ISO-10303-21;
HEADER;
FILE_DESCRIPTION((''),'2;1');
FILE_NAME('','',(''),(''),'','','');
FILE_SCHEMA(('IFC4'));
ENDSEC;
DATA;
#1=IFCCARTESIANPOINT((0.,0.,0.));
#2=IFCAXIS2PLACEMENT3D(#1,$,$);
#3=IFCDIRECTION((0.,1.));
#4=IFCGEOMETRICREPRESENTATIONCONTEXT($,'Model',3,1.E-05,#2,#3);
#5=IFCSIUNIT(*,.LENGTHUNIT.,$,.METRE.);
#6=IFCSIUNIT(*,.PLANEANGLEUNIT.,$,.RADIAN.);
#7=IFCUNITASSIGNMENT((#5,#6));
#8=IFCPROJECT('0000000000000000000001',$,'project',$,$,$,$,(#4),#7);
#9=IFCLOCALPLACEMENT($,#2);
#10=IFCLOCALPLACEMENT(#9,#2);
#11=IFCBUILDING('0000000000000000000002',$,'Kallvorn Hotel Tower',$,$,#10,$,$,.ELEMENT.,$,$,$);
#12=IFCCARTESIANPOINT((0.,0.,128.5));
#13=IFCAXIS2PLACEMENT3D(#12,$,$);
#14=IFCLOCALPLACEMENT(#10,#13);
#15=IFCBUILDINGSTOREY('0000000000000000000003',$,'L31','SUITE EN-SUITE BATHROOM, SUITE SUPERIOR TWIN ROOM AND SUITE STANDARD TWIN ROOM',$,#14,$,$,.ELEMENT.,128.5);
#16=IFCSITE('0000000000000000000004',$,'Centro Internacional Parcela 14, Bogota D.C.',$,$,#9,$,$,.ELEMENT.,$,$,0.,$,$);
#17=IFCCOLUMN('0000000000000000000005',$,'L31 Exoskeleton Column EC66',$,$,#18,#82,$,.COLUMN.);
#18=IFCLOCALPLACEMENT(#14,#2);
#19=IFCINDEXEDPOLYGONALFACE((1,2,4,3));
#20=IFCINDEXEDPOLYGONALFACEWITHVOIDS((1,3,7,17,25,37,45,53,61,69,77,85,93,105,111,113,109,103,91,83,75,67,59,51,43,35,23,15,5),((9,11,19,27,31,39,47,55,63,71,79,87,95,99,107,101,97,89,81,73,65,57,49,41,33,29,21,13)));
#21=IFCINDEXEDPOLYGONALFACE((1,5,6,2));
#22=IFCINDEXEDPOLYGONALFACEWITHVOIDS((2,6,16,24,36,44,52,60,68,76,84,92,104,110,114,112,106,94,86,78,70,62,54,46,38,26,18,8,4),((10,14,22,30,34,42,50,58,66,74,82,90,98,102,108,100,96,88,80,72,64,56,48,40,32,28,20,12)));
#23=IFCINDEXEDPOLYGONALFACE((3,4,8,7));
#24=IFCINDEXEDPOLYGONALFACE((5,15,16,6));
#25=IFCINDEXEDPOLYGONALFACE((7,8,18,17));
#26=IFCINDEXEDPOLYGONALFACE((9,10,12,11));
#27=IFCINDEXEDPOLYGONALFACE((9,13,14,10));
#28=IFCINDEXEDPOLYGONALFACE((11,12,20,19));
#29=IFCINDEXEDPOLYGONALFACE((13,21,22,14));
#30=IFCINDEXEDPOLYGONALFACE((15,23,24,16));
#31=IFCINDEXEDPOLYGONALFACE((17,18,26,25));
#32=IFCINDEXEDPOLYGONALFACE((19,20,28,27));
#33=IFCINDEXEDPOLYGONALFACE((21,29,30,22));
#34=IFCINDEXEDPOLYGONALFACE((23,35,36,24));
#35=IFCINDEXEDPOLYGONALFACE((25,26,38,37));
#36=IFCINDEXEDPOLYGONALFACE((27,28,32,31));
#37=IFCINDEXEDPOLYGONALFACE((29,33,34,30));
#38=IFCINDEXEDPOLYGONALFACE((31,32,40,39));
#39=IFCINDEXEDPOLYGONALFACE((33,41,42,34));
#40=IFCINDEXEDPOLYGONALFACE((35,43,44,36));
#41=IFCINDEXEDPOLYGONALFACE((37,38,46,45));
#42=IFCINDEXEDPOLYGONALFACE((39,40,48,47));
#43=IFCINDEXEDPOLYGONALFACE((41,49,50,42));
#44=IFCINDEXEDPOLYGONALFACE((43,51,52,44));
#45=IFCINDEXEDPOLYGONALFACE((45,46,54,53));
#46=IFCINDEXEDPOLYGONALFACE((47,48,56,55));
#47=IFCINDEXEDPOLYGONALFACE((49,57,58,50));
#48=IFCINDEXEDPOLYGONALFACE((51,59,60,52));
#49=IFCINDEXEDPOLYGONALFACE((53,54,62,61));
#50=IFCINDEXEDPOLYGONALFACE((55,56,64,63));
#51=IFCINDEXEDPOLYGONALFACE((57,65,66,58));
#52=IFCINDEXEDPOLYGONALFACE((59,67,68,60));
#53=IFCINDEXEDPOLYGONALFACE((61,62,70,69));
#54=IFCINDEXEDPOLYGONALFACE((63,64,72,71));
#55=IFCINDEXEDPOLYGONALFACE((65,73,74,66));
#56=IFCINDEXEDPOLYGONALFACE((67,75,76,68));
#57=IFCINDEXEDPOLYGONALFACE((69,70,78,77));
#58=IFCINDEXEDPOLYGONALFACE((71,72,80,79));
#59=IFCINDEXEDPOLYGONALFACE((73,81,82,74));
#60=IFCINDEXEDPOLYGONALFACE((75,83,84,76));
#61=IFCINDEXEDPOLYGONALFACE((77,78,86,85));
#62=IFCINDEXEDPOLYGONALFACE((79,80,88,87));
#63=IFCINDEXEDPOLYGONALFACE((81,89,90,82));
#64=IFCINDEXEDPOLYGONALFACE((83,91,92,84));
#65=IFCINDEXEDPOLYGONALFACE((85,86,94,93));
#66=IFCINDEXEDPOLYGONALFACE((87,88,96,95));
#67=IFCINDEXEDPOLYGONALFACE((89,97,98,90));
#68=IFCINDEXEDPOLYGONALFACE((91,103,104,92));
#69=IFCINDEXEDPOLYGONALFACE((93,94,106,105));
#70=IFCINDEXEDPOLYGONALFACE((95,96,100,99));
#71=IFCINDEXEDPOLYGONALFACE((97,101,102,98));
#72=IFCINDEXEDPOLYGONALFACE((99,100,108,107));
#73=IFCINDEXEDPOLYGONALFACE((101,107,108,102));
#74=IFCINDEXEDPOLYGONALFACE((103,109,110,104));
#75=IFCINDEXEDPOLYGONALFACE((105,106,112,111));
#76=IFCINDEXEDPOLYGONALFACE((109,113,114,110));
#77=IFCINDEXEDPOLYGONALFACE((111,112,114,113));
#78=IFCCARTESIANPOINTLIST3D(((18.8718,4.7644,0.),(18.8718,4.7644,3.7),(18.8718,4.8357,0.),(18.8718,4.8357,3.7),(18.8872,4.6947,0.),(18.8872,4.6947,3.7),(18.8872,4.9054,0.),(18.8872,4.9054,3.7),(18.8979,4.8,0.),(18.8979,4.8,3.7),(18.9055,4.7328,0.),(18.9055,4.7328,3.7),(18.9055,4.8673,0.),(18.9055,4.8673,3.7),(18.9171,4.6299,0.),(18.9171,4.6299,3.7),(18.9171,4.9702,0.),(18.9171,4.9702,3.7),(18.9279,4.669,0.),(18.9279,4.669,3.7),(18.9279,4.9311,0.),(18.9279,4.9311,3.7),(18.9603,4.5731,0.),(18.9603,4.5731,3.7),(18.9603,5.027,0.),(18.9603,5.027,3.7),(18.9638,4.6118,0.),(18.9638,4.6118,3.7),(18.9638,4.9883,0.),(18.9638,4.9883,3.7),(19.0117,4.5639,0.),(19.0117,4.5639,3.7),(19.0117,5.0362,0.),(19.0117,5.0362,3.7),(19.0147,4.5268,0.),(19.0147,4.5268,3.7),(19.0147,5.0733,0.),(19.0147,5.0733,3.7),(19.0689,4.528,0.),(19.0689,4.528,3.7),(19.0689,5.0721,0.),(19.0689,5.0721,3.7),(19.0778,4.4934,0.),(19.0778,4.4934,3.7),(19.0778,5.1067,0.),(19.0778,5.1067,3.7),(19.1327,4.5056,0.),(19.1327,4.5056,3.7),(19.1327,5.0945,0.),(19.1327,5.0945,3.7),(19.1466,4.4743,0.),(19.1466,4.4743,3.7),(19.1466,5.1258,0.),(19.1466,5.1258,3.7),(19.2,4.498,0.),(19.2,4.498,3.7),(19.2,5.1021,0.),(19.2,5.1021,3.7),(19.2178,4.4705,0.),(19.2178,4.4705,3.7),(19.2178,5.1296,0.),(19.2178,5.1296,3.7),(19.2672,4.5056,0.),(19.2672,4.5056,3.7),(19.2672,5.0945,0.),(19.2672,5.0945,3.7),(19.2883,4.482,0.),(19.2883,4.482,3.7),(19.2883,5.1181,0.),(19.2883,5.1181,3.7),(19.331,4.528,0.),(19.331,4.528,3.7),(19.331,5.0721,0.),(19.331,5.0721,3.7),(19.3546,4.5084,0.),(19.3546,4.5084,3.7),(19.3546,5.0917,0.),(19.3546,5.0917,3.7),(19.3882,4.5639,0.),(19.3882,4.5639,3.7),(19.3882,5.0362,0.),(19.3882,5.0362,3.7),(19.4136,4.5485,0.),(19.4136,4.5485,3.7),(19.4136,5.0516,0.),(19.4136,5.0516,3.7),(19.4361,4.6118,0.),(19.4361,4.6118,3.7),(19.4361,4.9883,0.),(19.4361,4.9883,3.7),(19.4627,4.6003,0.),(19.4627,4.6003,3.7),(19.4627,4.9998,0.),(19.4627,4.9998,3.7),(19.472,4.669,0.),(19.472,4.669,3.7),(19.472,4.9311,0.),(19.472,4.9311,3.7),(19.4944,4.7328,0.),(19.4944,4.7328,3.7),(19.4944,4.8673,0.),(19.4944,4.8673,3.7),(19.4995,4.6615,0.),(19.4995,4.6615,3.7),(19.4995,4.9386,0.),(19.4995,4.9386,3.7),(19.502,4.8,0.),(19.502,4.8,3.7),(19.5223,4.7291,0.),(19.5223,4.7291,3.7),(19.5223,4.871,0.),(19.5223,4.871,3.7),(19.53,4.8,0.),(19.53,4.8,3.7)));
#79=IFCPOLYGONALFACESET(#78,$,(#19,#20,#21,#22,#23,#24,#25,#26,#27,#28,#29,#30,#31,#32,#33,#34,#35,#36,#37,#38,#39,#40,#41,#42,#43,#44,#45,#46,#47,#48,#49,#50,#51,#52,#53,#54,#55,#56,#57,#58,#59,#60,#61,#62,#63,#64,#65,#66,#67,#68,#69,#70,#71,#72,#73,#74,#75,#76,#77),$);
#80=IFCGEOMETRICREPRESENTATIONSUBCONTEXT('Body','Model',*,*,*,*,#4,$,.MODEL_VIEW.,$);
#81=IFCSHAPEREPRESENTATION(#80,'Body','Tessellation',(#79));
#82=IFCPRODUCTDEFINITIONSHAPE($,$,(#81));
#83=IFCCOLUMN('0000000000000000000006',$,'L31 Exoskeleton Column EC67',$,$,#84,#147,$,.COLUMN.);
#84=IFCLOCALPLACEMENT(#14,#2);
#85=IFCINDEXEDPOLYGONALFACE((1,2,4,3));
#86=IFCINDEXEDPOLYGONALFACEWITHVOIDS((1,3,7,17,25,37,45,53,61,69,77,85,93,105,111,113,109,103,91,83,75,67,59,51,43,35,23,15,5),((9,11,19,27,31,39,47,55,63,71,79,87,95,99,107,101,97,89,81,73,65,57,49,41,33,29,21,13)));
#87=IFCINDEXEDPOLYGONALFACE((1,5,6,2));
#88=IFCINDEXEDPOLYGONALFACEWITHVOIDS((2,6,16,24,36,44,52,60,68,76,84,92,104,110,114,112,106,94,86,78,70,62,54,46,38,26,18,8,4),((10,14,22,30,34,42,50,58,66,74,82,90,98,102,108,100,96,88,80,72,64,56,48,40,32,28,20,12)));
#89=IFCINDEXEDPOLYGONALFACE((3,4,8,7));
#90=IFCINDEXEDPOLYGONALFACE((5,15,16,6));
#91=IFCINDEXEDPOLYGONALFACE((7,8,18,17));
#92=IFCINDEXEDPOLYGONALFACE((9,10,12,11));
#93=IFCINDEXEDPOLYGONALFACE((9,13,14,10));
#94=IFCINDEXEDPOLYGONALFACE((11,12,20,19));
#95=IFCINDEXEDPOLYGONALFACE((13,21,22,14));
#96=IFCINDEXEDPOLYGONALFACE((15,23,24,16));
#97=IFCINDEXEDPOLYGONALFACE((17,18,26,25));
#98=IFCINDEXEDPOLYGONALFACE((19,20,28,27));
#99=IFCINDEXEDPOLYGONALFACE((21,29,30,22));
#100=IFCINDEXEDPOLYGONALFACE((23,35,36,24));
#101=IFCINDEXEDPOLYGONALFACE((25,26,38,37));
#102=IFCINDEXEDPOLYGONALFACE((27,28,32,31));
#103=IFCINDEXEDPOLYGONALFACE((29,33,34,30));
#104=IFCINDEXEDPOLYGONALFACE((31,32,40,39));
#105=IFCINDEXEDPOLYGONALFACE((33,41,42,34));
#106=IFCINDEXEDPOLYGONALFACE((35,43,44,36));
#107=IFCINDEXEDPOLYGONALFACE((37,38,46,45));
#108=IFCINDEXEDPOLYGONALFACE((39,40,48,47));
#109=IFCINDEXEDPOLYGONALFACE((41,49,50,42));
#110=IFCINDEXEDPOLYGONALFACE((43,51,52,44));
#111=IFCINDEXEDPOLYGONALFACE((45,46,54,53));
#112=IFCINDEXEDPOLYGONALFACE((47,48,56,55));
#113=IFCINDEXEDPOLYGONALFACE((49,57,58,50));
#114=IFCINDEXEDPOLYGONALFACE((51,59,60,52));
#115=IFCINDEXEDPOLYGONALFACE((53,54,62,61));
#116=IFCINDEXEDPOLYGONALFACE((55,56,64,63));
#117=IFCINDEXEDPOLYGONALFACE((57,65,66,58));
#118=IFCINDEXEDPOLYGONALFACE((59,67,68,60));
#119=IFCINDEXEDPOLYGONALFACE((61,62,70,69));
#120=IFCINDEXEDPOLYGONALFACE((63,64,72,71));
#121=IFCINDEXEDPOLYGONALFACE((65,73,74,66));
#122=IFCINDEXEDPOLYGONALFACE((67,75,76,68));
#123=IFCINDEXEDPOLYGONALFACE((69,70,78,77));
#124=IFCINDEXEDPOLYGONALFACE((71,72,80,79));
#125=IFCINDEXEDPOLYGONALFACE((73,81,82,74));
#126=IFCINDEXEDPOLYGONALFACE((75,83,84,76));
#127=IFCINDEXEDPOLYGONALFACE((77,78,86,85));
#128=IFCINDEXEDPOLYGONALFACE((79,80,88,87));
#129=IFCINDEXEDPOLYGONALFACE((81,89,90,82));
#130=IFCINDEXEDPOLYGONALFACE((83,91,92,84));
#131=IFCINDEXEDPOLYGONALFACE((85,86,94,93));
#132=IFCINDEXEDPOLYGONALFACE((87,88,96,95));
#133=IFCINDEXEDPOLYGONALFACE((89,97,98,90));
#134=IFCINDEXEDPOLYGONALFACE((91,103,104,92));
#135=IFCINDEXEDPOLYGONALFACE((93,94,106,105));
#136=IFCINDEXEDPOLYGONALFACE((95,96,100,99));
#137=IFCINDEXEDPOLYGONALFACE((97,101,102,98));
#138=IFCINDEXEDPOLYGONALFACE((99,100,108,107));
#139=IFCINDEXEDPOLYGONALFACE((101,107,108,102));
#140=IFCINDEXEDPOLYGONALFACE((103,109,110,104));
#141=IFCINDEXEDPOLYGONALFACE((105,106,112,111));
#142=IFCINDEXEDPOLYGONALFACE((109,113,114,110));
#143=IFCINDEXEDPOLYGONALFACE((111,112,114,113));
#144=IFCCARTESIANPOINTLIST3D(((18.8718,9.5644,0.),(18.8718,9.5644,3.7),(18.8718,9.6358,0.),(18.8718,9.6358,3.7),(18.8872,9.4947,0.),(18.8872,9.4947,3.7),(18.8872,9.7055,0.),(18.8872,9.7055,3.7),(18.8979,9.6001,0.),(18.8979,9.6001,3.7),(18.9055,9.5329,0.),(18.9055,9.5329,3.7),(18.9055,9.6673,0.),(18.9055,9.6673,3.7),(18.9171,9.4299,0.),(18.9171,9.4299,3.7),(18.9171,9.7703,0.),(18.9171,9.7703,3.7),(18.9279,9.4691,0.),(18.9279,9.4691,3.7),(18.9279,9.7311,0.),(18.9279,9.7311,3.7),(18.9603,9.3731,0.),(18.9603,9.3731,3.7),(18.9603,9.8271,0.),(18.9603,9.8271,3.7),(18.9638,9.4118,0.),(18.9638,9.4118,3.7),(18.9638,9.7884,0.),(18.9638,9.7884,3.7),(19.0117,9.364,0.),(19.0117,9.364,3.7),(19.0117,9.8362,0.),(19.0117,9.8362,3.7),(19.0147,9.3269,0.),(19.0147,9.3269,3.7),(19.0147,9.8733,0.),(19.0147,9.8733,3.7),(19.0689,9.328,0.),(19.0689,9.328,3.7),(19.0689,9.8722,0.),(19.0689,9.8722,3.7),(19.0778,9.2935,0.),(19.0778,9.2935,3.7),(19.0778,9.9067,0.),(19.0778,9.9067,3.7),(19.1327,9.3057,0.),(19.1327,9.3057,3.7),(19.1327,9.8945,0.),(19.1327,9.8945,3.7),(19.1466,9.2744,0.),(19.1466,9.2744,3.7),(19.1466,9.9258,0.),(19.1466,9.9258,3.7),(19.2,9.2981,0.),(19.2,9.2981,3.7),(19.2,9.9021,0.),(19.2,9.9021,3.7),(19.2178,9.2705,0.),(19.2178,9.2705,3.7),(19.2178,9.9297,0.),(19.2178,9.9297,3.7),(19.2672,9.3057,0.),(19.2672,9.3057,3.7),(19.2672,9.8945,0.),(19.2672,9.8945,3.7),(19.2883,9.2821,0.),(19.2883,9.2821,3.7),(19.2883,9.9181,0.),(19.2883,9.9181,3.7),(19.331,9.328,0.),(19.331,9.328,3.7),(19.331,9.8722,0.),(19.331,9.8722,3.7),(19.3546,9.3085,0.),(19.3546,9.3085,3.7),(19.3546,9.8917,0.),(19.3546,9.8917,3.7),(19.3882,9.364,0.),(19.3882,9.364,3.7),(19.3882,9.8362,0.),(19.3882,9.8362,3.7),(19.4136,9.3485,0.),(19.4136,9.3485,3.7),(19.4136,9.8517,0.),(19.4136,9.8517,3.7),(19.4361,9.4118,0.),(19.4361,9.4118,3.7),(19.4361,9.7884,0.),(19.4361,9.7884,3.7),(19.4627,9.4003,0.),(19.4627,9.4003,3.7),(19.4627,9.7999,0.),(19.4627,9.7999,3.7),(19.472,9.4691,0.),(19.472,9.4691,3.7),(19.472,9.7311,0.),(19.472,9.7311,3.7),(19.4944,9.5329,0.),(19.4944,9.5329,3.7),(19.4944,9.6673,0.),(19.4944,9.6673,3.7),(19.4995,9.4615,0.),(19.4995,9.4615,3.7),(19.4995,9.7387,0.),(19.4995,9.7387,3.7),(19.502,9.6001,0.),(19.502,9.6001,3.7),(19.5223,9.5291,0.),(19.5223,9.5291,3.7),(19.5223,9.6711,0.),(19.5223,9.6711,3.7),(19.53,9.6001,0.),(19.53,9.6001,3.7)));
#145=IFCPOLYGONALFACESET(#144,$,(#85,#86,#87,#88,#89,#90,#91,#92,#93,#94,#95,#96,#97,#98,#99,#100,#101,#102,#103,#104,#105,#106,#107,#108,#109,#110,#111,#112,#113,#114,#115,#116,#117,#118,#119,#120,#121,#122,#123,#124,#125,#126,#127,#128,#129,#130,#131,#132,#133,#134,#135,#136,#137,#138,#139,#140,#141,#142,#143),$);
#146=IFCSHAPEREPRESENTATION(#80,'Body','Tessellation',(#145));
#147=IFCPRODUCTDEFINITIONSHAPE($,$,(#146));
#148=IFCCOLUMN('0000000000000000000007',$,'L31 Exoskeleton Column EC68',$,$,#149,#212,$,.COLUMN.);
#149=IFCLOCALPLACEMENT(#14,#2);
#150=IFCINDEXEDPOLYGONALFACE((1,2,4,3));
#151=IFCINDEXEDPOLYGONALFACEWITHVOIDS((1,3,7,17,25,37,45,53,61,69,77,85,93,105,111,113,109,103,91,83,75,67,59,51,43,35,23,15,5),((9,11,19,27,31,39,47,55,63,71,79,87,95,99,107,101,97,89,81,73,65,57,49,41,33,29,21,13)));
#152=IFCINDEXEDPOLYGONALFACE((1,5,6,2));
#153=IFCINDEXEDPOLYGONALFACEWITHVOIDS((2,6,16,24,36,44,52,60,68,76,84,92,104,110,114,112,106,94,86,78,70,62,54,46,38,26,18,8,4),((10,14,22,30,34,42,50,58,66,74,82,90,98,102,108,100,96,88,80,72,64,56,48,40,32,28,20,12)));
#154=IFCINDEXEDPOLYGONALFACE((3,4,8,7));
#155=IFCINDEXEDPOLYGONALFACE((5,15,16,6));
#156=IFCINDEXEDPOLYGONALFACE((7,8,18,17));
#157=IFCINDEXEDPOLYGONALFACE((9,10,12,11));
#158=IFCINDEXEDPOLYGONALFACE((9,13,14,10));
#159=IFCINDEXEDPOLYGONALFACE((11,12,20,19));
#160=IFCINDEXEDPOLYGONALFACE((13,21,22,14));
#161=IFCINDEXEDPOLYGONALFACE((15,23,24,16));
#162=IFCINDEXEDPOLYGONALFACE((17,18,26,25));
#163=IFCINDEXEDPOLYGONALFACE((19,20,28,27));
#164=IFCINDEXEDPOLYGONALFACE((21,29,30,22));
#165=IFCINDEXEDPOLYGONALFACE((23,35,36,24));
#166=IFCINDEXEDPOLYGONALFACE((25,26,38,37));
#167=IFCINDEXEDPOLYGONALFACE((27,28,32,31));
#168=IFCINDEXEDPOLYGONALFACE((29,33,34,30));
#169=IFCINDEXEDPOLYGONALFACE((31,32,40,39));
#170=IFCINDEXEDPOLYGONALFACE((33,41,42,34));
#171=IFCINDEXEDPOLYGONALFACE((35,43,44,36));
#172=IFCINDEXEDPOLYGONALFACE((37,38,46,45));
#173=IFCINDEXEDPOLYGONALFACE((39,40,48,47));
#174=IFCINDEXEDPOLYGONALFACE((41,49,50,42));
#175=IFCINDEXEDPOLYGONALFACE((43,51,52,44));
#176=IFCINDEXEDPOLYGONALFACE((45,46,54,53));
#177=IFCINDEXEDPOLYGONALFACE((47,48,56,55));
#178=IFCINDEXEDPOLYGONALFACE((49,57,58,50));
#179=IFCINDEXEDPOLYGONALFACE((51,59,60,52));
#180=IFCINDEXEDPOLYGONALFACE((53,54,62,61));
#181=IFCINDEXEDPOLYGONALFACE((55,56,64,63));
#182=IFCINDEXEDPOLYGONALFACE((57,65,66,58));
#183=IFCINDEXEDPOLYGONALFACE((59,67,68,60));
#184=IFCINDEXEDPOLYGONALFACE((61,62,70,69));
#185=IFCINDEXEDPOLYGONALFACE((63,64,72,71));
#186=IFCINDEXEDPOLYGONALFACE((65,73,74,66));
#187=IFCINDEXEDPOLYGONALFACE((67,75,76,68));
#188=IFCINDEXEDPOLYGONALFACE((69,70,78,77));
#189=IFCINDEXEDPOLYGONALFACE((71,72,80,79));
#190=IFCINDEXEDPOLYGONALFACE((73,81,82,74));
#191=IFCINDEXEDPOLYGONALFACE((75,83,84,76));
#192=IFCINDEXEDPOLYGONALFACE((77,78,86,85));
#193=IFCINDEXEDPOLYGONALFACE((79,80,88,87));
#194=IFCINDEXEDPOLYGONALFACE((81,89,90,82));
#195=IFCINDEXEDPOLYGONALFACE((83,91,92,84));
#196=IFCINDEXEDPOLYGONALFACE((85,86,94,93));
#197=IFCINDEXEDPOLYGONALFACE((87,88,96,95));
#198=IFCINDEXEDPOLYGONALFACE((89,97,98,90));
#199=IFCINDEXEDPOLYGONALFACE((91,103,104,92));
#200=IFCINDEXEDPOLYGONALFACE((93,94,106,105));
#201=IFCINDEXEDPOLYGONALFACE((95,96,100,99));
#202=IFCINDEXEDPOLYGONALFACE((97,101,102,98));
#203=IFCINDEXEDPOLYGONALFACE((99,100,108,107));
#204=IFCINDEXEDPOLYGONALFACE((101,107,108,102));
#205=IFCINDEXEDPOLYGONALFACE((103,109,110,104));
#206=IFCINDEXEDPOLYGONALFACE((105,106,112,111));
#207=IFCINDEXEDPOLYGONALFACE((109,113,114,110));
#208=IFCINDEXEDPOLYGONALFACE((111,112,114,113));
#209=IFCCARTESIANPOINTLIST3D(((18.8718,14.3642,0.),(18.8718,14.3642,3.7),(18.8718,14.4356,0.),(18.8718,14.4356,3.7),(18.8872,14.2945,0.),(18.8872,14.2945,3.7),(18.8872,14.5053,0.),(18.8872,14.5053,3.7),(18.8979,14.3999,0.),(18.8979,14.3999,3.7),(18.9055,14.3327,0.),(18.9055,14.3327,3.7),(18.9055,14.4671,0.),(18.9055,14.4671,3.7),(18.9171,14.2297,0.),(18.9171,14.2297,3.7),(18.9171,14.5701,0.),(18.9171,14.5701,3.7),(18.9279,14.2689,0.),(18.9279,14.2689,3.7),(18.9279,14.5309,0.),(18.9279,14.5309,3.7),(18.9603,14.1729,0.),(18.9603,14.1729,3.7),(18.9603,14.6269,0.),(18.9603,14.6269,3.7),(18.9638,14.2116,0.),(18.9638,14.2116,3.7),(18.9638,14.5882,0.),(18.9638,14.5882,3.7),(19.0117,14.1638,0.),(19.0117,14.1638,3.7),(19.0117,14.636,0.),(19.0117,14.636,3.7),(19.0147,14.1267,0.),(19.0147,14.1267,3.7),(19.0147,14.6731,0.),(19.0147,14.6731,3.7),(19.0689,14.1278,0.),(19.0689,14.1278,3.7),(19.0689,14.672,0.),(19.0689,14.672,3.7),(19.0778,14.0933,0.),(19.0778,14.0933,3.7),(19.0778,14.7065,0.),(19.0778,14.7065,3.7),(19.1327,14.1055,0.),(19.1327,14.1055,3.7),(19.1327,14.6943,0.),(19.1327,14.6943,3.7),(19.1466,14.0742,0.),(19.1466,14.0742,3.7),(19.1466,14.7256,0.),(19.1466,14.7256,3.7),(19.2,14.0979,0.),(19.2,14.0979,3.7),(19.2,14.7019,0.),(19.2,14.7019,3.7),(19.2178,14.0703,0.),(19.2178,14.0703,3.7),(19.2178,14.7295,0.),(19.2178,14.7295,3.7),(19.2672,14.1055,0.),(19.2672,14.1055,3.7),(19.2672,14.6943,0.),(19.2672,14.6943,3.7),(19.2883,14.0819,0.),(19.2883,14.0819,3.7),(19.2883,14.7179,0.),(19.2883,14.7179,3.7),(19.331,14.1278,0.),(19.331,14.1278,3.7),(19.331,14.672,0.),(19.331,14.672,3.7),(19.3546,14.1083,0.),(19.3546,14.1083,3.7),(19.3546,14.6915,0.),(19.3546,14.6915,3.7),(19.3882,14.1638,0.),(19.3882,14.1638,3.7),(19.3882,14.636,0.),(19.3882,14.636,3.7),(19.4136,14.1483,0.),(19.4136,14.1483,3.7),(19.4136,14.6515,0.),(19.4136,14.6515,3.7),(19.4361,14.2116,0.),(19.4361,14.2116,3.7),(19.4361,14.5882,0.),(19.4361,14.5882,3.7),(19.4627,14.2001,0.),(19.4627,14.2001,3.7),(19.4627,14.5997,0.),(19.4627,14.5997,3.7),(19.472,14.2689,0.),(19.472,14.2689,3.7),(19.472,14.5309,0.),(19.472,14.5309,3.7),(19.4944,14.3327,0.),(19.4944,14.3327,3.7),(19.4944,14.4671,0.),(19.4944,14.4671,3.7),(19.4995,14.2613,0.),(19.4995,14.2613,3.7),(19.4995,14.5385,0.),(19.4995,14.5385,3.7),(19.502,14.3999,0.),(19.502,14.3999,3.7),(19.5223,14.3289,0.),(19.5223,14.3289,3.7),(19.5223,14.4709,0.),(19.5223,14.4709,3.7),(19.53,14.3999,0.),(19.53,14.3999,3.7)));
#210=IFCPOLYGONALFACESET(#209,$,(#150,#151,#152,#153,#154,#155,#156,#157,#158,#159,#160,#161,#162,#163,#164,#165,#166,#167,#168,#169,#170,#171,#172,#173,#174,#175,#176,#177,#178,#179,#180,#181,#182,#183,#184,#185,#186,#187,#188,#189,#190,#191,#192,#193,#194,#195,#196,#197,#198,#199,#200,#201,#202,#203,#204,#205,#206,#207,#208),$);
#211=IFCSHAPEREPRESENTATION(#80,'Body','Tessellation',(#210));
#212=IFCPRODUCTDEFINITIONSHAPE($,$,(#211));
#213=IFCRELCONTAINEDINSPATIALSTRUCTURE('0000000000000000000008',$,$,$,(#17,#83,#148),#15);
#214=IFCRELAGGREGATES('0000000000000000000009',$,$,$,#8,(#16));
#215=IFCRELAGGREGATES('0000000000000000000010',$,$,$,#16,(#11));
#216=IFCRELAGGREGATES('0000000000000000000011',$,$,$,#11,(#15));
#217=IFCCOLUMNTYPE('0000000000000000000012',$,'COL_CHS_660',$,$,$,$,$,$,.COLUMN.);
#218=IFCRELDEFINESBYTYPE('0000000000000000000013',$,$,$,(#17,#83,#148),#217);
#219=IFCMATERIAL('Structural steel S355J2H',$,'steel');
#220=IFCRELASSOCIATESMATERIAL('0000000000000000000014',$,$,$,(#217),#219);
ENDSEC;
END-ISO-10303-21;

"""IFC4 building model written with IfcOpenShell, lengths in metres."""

from ifc_helpers import new_model, si_unit, direction, frame, origin, origin_2d, place, context, subcontext, project, spatial, hollow_circle, extrude, material, material_profile, profile_set, type_object, element, save


model = new_model("IFC4")

# Units and contexts
model_context = context("Model", 3, precision=1e-05, world=origin(), true_north=direction((0.0, 1.0)))
body_context = subcontext(model_context, "Body", "Model", "MODEL_VIEW")
ifc_project = project(units=[si_unit("LENGTHUNIT", "METRE"), si_unit("PLANEANGLEUNIT", "RADIAN")], contexts=[model_context])

# Site, building, storey
site_placement = place(None, origin())
site = spatial("IfcSite", under=ifc_project, at=site_placement, Name="Centro Internacional Parcela 14, Bogota D.C.", CompositionType="ELEMENT", RefElevation=0.0)
building_placement = place(site_placement, origin())
building = spatial("IfcBuilding", under=site, at=building_placement, Name="Kallvorn Hotel Tower", CompositionType="ELEMENT")
storey_placement = place(building_placement, frame((0.0, 0.0, 128.5)))
storey = spatial("IfcBuildingStorey", under=building, at=storey_placement, Name="L31", Description="SUITE EN-SUITE BATHROOM, SUITE SUPERIOR TWIN ROOM AND SUITE STANDARD TWIN ROOM", CompositionType="ELEMENT", Elevation=128.5)

# Columns
ifc_material_1 = material(Name="Structural steel S355J2H", Category="steel")
ifc_material_profile_1 = material_profile(ifc_material_1, hollow_circle(Radius=0.3301, WallThickness=0.0281, at=origin_2d()), Name="CHS 660x28")
ifc_profile_set_1 = profile_set([ifc_material_profile_1], Name="Structural steel S355J2H")
column_type_1 = type_object("IfcColumnType", Name="COL_CHS_660", PredefinedType="COLUMN", material=ifc_profile_set_1)
for number, where, z_axis, x_axis, name in (
    (1, (19.2, 4.8, 0.0), (0.0, 0.0, 1.0), (1.0, 0.0, 0.0), "L31 Exoskeleton Column EC66"),
    (2, (19.2, 9.6001, 0.0), (0.0, 0.0, 1.0), (1.0, 0.0, 0.0), "L31 Exoskeleton Column EC67"),
    (3, (19.2, 14.3999, 0.0), (0.0, 0.0, 1.0), (1.0, 0.0, 0.0), "L31 Exoskeleton Column EC68"),
):
    element("IfcColumn", number, at=place(storey_placement, frame(where, z_axis=z_axis, x_axis=x_axis)), inside=storey, type_object=column_type_1, Name=name, PredefinedType="COLUMN", context=body_context, shape_type="SweptSolid", body=[
        extrude(hollow_circle(Radius=0.3301, WallThickness=0.0281, at=origin_2d()), origin(), (0.0, 0.0, 1.0), 3.7),
    ])

save(model, "model.ifc")
